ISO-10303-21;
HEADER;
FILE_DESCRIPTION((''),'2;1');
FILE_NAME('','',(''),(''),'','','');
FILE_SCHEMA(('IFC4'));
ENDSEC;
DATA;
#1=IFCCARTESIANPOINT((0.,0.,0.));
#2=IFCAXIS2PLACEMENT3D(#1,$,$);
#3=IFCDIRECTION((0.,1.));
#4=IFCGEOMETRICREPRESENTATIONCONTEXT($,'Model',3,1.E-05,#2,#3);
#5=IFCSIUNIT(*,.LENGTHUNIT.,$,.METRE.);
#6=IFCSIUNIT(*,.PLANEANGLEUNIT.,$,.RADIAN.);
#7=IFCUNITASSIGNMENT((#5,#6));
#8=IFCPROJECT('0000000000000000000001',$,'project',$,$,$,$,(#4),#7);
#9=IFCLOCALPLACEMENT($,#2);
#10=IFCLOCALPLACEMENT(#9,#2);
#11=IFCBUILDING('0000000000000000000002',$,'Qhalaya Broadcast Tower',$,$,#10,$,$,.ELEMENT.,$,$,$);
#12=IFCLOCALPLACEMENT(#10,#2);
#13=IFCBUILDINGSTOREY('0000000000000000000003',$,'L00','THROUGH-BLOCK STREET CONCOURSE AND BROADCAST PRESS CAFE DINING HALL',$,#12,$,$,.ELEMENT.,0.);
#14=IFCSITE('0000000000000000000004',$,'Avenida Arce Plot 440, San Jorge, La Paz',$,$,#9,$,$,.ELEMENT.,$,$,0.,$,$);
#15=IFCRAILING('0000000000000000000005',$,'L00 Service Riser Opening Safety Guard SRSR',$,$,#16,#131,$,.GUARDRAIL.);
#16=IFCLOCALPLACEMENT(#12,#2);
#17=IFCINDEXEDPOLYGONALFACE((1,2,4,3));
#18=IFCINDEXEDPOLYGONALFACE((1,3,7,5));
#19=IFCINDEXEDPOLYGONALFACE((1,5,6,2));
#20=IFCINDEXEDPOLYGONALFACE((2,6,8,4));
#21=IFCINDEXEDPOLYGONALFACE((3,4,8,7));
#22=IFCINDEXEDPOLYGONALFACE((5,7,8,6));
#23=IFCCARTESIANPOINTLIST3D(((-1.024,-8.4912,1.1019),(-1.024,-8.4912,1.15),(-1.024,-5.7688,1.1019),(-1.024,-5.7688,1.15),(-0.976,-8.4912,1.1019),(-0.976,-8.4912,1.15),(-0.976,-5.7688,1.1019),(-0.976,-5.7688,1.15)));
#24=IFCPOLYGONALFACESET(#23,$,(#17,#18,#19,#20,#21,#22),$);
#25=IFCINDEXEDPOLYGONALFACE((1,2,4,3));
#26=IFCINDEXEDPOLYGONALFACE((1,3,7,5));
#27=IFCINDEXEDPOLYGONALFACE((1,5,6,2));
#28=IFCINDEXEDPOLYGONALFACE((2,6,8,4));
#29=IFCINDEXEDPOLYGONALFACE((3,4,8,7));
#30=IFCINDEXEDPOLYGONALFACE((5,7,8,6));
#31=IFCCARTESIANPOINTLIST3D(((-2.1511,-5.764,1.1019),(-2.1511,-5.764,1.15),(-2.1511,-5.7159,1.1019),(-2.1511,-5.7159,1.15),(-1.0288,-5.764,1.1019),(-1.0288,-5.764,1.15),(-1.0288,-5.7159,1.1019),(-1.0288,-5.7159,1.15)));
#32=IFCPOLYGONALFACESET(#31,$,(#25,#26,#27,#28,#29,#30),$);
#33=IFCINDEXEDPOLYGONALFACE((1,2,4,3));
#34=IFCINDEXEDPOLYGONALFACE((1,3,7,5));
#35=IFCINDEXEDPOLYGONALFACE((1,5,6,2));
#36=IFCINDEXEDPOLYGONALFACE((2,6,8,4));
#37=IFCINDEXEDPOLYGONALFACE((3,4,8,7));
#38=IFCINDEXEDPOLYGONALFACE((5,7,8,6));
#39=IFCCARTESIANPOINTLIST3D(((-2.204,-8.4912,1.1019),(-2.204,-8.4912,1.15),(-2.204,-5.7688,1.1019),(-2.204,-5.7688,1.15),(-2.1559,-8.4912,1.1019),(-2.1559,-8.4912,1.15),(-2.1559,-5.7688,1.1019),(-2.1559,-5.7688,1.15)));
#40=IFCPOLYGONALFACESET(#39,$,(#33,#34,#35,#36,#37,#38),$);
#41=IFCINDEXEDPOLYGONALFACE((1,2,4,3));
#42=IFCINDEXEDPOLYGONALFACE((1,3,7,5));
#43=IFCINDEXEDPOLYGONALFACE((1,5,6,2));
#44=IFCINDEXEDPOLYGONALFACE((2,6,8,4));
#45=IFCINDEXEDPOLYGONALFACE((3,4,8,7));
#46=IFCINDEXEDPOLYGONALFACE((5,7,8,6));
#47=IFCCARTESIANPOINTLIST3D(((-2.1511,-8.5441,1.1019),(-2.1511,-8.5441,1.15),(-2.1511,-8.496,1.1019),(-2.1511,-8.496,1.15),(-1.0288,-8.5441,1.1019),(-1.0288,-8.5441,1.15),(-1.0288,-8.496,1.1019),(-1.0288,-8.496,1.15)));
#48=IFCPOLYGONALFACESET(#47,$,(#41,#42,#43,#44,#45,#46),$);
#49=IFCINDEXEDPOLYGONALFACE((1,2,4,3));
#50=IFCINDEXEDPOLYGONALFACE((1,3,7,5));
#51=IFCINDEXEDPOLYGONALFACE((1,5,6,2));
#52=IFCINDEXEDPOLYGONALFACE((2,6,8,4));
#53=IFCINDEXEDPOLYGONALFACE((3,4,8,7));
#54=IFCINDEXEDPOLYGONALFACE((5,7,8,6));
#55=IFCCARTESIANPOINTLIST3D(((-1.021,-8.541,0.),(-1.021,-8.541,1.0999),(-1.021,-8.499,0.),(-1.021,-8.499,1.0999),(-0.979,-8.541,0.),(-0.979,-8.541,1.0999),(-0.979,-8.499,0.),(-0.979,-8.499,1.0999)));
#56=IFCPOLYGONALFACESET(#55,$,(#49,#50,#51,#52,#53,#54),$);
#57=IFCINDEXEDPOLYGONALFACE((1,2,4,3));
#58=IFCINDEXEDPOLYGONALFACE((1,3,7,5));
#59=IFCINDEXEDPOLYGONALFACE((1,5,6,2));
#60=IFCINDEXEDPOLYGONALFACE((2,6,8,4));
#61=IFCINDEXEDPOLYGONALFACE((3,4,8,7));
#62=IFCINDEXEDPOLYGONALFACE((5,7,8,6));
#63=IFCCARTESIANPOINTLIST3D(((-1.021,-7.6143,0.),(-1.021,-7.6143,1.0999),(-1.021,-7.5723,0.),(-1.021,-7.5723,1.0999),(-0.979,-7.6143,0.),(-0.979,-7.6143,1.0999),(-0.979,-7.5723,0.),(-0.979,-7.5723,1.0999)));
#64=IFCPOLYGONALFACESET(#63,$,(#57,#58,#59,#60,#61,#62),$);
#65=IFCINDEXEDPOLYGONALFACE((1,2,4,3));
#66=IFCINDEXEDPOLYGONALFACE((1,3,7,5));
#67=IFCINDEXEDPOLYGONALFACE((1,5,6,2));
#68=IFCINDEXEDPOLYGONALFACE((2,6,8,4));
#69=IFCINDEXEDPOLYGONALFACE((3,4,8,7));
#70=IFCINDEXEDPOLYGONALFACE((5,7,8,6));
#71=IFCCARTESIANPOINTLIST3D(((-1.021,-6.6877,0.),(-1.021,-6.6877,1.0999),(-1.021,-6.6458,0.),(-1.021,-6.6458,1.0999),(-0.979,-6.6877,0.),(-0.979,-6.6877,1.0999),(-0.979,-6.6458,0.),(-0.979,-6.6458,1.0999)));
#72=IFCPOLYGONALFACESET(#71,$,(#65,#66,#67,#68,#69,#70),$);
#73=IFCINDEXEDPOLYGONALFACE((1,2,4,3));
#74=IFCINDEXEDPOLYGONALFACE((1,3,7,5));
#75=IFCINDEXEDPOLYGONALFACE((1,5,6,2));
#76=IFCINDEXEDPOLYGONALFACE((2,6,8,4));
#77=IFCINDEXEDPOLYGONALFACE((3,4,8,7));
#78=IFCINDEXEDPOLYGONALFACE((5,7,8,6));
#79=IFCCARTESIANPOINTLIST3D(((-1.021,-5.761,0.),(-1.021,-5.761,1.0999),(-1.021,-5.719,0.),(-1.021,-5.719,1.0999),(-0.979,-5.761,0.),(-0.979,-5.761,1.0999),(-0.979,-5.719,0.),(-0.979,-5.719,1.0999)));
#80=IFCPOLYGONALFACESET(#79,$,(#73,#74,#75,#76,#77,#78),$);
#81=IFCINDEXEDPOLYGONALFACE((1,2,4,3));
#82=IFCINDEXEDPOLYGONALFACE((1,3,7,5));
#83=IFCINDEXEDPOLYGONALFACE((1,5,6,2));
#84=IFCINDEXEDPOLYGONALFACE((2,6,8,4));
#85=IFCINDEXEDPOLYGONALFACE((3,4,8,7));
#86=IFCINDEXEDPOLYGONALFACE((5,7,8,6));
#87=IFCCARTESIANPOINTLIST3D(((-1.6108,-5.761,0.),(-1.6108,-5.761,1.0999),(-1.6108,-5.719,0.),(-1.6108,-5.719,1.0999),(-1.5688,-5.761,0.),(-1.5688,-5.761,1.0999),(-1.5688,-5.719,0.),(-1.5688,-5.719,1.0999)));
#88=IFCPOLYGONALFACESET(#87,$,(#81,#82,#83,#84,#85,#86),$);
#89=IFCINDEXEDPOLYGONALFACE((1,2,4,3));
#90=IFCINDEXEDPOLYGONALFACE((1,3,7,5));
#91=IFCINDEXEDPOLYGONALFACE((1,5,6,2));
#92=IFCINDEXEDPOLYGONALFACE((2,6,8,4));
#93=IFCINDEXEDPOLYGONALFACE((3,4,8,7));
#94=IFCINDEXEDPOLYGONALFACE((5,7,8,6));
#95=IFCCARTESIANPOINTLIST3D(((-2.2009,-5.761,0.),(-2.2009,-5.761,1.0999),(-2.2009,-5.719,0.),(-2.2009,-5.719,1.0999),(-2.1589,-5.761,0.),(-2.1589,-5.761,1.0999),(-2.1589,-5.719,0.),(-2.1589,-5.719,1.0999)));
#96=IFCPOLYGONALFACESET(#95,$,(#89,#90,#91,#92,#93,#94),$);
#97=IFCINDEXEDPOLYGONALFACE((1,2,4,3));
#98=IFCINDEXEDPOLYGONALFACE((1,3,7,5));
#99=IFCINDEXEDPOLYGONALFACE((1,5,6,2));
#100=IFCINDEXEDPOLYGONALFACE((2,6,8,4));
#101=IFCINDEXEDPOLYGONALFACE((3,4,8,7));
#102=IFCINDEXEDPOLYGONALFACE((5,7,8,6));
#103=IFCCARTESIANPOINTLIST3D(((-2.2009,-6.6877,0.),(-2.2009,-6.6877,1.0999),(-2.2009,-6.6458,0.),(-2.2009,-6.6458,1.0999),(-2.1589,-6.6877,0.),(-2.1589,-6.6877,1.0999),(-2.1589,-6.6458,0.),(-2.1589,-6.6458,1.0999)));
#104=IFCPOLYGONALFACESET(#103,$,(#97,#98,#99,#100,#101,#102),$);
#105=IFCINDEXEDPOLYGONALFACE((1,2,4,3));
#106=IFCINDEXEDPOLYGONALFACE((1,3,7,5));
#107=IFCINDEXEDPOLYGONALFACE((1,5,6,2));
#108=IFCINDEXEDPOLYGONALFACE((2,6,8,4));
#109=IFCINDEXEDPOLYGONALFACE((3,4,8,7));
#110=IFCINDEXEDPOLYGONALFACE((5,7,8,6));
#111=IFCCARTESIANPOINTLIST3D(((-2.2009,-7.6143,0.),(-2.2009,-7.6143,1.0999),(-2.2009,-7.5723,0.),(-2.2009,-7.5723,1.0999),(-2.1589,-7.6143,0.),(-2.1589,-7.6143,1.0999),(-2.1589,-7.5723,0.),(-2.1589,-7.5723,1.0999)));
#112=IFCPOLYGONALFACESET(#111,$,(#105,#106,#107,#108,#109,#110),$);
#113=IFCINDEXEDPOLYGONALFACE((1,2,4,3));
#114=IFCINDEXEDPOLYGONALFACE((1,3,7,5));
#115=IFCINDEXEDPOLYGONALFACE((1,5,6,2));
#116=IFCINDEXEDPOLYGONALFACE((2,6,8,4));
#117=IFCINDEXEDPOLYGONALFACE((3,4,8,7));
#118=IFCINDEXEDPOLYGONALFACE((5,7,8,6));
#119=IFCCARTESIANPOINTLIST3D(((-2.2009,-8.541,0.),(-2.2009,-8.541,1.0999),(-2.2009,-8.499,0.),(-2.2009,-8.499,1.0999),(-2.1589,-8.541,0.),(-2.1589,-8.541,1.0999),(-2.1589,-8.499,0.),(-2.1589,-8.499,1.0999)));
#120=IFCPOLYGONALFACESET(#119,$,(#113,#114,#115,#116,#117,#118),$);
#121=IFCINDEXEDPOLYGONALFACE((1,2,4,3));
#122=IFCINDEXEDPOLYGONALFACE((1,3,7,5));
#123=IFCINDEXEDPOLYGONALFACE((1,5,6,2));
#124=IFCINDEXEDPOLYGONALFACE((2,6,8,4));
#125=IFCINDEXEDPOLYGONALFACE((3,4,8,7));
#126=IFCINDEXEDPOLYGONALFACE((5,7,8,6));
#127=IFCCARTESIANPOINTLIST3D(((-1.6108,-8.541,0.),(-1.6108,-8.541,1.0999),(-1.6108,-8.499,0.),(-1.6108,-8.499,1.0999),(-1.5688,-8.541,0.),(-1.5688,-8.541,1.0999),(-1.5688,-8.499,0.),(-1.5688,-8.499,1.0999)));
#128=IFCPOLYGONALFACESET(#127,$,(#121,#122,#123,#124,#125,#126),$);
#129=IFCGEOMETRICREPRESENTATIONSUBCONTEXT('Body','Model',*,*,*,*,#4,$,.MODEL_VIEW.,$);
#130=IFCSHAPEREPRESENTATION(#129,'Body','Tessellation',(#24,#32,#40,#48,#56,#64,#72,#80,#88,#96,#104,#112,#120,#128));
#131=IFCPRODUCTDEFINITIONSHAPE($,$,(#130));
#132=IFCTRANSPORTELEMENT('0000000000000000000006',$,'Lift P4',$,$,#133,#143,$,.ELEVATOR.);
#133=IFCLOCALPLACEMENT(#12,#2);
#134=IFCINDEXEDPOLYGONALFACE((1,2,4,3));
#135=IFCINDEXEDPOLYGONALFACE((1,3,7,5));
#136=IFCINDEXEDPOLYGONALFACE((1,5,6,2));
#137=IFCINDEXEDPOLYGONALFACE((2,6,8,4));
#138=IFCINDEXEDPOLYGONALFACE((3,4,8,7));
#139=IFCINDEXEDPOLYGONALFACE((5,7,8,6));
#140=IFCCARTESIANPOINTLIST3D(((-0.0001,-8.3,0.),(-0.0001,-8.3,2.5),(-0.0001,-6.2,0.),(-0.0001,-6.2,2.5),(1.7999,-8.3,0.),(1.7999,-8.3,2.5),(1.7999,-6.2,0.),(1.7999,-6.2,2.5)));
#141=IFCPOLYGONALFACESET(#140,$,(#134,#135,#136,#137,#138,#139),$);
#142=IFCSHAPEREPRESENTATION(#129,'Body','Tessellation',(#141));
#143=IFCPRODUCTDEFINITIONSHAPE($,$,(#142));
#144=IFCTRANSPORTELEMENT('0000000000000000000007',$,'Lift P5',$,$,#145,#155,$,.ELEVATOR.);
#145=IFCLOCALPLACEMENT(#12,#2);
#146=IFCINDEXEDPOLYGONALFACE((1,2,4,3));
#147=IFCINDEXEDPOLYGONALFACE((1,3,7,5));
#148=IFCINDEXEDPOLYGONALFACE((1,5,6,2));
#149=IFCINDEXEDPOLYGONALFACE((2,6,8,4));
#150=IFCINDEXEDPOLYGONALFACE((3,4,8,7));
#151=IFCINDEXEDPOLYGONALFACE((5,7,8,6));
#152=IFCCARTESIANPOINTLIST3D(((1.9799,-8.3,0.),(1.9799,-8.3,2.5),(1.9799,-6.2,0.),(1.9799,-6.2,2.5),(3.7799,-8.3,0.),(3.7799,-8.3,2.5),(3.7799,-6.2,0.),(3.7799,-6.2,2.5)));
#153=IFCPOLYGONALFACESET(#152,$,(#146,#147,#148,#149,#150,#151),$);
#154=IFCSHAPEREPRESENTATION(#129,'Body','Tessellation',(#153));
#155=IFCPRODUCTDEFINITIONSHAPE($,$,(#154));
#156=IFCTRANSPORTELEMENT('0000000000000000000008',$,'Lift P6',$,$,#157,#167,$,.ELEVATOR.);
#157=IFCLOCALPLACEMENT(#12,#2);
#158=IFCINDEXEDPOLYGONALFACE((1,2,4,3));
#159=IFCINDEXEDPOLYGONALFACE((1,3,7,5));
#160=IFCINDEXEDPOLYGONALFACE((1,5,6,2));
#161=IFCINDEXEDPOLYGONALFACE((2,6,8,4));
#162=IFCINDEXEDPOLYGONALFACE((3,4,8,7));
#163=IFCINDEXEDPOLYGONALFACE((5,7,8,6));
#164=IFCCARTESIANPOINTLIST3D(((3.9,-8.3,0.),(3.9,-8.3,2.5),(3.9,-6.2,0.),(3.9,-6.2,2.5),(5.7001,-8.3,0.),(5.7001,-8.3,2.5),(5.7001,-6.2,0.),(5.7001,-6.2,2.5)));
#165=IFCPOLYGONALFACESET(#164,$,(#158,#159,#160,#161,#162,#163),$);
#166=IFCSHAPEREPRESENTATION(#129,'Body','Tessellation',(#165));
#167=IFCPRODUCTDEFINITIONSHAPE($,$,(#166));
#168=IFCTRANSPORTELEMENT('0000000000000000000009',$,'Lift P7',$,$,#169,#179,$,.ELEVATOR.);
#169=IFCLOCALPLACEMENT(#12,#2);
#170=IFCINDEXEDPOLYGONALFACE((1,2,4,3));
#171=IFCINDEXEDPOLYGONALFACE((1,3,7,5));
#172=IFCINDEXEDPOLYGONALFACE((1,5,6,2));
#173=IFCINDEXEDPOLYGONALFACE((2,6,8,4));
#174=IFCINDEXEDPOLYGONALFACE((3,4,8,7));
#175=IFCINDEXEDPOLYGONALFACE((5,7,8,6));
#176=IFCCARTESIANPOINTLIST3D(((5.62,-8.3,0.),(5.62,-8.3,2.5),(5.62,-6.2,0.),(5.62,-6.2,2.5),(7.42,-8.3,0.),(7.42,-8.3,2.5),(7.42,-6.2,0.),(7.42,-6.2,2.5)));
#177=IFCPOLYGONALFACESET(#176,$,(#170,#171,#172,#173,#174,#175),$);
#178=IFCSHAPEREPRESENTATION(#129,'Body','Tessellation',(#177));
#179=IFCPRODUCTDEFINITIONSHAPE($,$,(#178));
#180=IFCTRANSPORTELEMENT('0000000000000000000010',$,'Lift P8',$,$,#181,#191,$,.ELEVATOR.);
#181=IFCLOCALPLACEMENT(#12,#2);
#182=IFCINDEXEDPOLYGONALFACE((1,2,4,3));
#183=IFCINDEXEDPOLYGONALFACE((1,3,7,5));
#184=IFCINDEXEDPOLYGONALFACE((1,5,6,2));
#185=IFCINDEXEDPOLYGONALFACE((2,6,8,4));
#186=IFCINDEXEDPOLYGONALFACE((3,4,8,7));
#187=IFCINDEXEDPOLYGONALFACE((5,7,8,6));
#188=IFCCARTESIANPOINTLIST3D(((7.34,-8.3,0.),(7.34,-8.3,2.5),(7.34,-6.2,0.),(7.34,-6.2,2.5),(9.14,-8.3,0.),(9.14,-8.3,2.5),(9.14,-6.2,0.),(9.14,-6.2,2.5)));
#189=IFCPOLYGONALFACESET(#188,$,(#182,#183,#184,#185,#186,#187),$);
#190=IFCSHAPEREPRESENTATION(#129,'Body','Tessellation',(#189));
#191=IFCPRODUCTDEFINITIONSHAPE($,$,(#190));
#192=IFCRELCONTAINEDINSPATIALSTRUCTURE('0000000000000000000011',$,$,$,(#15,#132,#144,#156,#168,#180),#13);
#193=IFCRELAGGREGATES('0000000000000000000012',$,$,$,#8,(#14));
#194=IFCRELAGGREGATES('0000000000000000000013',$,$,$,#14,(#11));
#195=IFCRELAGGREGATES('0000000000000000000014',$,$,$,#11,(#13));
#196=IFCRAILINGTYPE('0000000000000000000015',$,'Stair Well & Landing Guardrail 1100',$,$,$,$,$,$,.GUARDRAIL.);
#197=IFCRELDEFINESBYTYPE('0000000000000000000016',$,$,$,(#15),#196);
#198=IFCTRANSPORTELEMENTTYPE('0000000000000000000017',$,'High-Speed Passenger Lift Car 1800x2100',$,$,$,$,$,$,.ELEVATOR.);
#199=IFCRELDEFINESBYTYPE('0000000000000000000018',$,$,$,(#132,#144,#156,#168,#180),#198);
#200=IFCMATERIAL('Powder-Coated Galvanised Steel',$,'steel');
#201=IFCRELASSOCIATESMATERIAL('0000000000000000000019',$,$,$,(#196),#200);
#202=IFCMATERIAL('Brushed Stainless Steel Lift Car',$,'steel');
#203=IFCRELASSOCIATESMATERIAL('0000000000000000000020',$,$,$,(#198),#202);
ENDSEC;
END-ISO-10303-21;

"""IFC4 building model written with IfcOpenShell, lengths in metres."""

from ifc_helpers import new_model, si_unit, direction, frame, origin, origin_2d, place, context, subcontext, project, spatial, rectangle, extrude, material, type_object, element, save


model = new_model("IFC4")

# Units and contexts
model_context = context("Model", 3, precision=1e-05, world=origin(), true_north=direction((0.0, 1.0)))
body_context = subcontext(model_context, "Body", "Model", "MODEL_VIEW")
ifc_project = project(units=[si_unit("LENGTHUNIT", "METRE"), si_unit("PLANEANGLEUNIT", "RADIAN")], contexts=[model_context])

# Site, building, storey
site_placement = place(None, origin())
site = spatial("IfcSite", under=ifc_project, at=site_placement, Name="Avenida Arce Plot 440, San Jorge, La Paz", CompositionType="ELEMENT", RefElevation=0.0)
building_placement = place(site_placement, origin())
building = spatial("IfcBuilding", under=site, at=building_placement, Name="Qhalaya Broadcast Tower", CompositionType="ELEMENT")
storey_placement = place(building_placement, origin())
storey = spatial("IfcBuildingStorey", under=building, at=storey_placement, Name="L00", Description="THROUGH-BLOCK STREET CONCOURSE AND BROADCAST PRESS CAFE DINING HALL", CompositionType="ELEMENT", Elevation=0.0)

# Railing
ifc_material_1 = material(Name="Powder-Coated Galvanised Steel", Category="steel")
railing_type = type_object("IfcRailingType", Name="Stair Well & Landing Guardrail 1100", PredefinedType="GUARDRAIL", material=ifc_material_1)
railing_placement = place(storey_placement, frame((-1.0, -8.52, 0.0)))
element("IfcRailing", 1, at=railing_placement, inside=storey, type_object=railing_type, Name="L00 Service Riser Opening Safety Guard SRSR", PredefinedType="GUARDRAIL", context=body_context, shape_type="SweptSolid", body=[
    extrude(rectangle(XDim=0.0481, YDim=0.0481, at=origin_2d()), frame((0.0, 0.0288, 1.126), z_axis=(0.0, 1.0, 0.0), x_axis=(-1.0, 0.0, 0.0)), (0.0, 0.0, 1.0), 2.7224),
    extrude(rectangle(XDim=0.0481, YDim=0.0481, at=origin_2d()), frame((-0.0288, 2.78, 1.126), z_axis=(-1.0, 0.0, 0.0), x_axis=(0.0, -1.0, 0.0)), (0.0, 0.0, 1.0), 1.1223),
    extrude(rectangle(XDim=0.0481, YDim=0.0481, at=origin_2d()), frame((-1.1799, 2.7512, 1.126), z_axis=(0.0, -1.0, 0.0), x_axis=(1.0, 0.0, 0.0)), (0.0, 0.0, 1.0), 2.7224),
    extrude(rectangle(XDim=0.0481, YDim=0.0481, at=origin_2d()), frame((-1.1511, 0.0, 1.126), z_axis=(1.0, 0.0, 0.0), x_axis=(0.0, 1.0, 0.0)), (0.0, 0.0, 1.0), 1.1223),
    extrude(rectangle(XDim=0.042, YDim=0.042, at=origin_2d()), origin(), (0.0, 0.0, 1.0), 1.0999),
    extrude(rectangle(XDim=0.042, YDim=0.042, at=origin_2d()), frame((0.0, 0.9268, 0.0)), (0.0, 0.0, 1.0), 1.0999),
    extrude(rectangle(XDim=0.042, YDim=0.042, at=origin_2d()), frame((0.0, 1.8533, 0.0)), (0.0, 0.0, 1.0), 1.0999),
    extrude(rectangle(XDim=0.042, YDim=0.042, at=origin_2d()), frame((0.0, 2.78, 0.0)), (0.0, 0.0, 1.0), 1.0999),
    extrude(rectangle(XDim=0.042, YDim=0.042, at=origin_2d()), frame((-0.5898, 2.78, 0.0)), (0.0, 0.0, 1.0), 1.0999),
    extrude(rectangle(XDim=0.042, YDim=0.042, at=origin_2d()), frame((-1.1799, 2.78, 0.0)), (0.0, 0.0, 1.0), 1.0999),
    extrude(rectangle(XDim=0.042, YDim=0.042, at=origin_2d()), frame((-1.1799, 1.8533, 0.0)), (0.0, 0.0, 1.0), 1.0999),
    extrude(rectangle(XDim=0.042, YDim=0.042, at=origin_2d()), frame((-1.1799, 0.9268, 0.0)), (0.0, 0.0, 1.0), 1.0999),
    extrude(rectangle(XDim=0.042, YDim=0.042, at=origin_2d()), frame((-1.1799, 0.0, 0.0)), (0.0, 0.0, 1.0), 1.0999),
    extrude(rectangle(XDim=0.042, YDim=0.042, at=origin_2d()), frame((-0.5898, 0.0, 0.0)), (0.0, 0.0, 1.0), 1.0999),
])

# Transport elements
ifc_material_2 = material(Name="Brushed Stainless Steel Lift Car", Category="steel")
transport_element_type = type_object("IfcTransportElementType", Name="High-Speed Passenger Lift Car 1800x2100", PredefinedType="ELEVATOR", material=ifc_material_2)
for number, where, z_axis, x_axis, name in (
    (2, (0.8999, -7.25, 0.0), (0.0, 0.0, 1.0), (1.0, 0.0, 0.0), "Lift P4"),
    (3, (2.8799, -7.25, 0.0), (0.0, 0.0, 1.0), (1.0, 0.0, 0.0), "Lift P5"),
    (4, (4.8, -7.25, 0.0), (0.0, 0.0, 1.0), (1.0, 0.0, 0.0), "Lift P6"),
    (5, (6.52, -7.25, 0.0), (0.0, 0.0, 1.0), (1.0, 0.0, 0.0), "Lift P7"),
    (6, (8.24, -7.25, 0.0), (0.0, 0.0, 1.0), (1.0, 0.0, 0.0), "Lift P8"),
):
    element("IfcTransportElement", number, at=place(storey_placement, frame(where, z_axis=z_axis, x_axis=x_axis)), inside=storey, type_object=transport_element_type, Name=name, PredefinedType="ELEVATOR", context=body_context, shape_type="SweptSolid", body=[
        extrude(rectangle(XDim=1.8, YDim=2.1001, at=origin_2d()), origin(), (0.0, 0.0, 1.0), 2.5),
    ])

save(model, "model.ifc")
